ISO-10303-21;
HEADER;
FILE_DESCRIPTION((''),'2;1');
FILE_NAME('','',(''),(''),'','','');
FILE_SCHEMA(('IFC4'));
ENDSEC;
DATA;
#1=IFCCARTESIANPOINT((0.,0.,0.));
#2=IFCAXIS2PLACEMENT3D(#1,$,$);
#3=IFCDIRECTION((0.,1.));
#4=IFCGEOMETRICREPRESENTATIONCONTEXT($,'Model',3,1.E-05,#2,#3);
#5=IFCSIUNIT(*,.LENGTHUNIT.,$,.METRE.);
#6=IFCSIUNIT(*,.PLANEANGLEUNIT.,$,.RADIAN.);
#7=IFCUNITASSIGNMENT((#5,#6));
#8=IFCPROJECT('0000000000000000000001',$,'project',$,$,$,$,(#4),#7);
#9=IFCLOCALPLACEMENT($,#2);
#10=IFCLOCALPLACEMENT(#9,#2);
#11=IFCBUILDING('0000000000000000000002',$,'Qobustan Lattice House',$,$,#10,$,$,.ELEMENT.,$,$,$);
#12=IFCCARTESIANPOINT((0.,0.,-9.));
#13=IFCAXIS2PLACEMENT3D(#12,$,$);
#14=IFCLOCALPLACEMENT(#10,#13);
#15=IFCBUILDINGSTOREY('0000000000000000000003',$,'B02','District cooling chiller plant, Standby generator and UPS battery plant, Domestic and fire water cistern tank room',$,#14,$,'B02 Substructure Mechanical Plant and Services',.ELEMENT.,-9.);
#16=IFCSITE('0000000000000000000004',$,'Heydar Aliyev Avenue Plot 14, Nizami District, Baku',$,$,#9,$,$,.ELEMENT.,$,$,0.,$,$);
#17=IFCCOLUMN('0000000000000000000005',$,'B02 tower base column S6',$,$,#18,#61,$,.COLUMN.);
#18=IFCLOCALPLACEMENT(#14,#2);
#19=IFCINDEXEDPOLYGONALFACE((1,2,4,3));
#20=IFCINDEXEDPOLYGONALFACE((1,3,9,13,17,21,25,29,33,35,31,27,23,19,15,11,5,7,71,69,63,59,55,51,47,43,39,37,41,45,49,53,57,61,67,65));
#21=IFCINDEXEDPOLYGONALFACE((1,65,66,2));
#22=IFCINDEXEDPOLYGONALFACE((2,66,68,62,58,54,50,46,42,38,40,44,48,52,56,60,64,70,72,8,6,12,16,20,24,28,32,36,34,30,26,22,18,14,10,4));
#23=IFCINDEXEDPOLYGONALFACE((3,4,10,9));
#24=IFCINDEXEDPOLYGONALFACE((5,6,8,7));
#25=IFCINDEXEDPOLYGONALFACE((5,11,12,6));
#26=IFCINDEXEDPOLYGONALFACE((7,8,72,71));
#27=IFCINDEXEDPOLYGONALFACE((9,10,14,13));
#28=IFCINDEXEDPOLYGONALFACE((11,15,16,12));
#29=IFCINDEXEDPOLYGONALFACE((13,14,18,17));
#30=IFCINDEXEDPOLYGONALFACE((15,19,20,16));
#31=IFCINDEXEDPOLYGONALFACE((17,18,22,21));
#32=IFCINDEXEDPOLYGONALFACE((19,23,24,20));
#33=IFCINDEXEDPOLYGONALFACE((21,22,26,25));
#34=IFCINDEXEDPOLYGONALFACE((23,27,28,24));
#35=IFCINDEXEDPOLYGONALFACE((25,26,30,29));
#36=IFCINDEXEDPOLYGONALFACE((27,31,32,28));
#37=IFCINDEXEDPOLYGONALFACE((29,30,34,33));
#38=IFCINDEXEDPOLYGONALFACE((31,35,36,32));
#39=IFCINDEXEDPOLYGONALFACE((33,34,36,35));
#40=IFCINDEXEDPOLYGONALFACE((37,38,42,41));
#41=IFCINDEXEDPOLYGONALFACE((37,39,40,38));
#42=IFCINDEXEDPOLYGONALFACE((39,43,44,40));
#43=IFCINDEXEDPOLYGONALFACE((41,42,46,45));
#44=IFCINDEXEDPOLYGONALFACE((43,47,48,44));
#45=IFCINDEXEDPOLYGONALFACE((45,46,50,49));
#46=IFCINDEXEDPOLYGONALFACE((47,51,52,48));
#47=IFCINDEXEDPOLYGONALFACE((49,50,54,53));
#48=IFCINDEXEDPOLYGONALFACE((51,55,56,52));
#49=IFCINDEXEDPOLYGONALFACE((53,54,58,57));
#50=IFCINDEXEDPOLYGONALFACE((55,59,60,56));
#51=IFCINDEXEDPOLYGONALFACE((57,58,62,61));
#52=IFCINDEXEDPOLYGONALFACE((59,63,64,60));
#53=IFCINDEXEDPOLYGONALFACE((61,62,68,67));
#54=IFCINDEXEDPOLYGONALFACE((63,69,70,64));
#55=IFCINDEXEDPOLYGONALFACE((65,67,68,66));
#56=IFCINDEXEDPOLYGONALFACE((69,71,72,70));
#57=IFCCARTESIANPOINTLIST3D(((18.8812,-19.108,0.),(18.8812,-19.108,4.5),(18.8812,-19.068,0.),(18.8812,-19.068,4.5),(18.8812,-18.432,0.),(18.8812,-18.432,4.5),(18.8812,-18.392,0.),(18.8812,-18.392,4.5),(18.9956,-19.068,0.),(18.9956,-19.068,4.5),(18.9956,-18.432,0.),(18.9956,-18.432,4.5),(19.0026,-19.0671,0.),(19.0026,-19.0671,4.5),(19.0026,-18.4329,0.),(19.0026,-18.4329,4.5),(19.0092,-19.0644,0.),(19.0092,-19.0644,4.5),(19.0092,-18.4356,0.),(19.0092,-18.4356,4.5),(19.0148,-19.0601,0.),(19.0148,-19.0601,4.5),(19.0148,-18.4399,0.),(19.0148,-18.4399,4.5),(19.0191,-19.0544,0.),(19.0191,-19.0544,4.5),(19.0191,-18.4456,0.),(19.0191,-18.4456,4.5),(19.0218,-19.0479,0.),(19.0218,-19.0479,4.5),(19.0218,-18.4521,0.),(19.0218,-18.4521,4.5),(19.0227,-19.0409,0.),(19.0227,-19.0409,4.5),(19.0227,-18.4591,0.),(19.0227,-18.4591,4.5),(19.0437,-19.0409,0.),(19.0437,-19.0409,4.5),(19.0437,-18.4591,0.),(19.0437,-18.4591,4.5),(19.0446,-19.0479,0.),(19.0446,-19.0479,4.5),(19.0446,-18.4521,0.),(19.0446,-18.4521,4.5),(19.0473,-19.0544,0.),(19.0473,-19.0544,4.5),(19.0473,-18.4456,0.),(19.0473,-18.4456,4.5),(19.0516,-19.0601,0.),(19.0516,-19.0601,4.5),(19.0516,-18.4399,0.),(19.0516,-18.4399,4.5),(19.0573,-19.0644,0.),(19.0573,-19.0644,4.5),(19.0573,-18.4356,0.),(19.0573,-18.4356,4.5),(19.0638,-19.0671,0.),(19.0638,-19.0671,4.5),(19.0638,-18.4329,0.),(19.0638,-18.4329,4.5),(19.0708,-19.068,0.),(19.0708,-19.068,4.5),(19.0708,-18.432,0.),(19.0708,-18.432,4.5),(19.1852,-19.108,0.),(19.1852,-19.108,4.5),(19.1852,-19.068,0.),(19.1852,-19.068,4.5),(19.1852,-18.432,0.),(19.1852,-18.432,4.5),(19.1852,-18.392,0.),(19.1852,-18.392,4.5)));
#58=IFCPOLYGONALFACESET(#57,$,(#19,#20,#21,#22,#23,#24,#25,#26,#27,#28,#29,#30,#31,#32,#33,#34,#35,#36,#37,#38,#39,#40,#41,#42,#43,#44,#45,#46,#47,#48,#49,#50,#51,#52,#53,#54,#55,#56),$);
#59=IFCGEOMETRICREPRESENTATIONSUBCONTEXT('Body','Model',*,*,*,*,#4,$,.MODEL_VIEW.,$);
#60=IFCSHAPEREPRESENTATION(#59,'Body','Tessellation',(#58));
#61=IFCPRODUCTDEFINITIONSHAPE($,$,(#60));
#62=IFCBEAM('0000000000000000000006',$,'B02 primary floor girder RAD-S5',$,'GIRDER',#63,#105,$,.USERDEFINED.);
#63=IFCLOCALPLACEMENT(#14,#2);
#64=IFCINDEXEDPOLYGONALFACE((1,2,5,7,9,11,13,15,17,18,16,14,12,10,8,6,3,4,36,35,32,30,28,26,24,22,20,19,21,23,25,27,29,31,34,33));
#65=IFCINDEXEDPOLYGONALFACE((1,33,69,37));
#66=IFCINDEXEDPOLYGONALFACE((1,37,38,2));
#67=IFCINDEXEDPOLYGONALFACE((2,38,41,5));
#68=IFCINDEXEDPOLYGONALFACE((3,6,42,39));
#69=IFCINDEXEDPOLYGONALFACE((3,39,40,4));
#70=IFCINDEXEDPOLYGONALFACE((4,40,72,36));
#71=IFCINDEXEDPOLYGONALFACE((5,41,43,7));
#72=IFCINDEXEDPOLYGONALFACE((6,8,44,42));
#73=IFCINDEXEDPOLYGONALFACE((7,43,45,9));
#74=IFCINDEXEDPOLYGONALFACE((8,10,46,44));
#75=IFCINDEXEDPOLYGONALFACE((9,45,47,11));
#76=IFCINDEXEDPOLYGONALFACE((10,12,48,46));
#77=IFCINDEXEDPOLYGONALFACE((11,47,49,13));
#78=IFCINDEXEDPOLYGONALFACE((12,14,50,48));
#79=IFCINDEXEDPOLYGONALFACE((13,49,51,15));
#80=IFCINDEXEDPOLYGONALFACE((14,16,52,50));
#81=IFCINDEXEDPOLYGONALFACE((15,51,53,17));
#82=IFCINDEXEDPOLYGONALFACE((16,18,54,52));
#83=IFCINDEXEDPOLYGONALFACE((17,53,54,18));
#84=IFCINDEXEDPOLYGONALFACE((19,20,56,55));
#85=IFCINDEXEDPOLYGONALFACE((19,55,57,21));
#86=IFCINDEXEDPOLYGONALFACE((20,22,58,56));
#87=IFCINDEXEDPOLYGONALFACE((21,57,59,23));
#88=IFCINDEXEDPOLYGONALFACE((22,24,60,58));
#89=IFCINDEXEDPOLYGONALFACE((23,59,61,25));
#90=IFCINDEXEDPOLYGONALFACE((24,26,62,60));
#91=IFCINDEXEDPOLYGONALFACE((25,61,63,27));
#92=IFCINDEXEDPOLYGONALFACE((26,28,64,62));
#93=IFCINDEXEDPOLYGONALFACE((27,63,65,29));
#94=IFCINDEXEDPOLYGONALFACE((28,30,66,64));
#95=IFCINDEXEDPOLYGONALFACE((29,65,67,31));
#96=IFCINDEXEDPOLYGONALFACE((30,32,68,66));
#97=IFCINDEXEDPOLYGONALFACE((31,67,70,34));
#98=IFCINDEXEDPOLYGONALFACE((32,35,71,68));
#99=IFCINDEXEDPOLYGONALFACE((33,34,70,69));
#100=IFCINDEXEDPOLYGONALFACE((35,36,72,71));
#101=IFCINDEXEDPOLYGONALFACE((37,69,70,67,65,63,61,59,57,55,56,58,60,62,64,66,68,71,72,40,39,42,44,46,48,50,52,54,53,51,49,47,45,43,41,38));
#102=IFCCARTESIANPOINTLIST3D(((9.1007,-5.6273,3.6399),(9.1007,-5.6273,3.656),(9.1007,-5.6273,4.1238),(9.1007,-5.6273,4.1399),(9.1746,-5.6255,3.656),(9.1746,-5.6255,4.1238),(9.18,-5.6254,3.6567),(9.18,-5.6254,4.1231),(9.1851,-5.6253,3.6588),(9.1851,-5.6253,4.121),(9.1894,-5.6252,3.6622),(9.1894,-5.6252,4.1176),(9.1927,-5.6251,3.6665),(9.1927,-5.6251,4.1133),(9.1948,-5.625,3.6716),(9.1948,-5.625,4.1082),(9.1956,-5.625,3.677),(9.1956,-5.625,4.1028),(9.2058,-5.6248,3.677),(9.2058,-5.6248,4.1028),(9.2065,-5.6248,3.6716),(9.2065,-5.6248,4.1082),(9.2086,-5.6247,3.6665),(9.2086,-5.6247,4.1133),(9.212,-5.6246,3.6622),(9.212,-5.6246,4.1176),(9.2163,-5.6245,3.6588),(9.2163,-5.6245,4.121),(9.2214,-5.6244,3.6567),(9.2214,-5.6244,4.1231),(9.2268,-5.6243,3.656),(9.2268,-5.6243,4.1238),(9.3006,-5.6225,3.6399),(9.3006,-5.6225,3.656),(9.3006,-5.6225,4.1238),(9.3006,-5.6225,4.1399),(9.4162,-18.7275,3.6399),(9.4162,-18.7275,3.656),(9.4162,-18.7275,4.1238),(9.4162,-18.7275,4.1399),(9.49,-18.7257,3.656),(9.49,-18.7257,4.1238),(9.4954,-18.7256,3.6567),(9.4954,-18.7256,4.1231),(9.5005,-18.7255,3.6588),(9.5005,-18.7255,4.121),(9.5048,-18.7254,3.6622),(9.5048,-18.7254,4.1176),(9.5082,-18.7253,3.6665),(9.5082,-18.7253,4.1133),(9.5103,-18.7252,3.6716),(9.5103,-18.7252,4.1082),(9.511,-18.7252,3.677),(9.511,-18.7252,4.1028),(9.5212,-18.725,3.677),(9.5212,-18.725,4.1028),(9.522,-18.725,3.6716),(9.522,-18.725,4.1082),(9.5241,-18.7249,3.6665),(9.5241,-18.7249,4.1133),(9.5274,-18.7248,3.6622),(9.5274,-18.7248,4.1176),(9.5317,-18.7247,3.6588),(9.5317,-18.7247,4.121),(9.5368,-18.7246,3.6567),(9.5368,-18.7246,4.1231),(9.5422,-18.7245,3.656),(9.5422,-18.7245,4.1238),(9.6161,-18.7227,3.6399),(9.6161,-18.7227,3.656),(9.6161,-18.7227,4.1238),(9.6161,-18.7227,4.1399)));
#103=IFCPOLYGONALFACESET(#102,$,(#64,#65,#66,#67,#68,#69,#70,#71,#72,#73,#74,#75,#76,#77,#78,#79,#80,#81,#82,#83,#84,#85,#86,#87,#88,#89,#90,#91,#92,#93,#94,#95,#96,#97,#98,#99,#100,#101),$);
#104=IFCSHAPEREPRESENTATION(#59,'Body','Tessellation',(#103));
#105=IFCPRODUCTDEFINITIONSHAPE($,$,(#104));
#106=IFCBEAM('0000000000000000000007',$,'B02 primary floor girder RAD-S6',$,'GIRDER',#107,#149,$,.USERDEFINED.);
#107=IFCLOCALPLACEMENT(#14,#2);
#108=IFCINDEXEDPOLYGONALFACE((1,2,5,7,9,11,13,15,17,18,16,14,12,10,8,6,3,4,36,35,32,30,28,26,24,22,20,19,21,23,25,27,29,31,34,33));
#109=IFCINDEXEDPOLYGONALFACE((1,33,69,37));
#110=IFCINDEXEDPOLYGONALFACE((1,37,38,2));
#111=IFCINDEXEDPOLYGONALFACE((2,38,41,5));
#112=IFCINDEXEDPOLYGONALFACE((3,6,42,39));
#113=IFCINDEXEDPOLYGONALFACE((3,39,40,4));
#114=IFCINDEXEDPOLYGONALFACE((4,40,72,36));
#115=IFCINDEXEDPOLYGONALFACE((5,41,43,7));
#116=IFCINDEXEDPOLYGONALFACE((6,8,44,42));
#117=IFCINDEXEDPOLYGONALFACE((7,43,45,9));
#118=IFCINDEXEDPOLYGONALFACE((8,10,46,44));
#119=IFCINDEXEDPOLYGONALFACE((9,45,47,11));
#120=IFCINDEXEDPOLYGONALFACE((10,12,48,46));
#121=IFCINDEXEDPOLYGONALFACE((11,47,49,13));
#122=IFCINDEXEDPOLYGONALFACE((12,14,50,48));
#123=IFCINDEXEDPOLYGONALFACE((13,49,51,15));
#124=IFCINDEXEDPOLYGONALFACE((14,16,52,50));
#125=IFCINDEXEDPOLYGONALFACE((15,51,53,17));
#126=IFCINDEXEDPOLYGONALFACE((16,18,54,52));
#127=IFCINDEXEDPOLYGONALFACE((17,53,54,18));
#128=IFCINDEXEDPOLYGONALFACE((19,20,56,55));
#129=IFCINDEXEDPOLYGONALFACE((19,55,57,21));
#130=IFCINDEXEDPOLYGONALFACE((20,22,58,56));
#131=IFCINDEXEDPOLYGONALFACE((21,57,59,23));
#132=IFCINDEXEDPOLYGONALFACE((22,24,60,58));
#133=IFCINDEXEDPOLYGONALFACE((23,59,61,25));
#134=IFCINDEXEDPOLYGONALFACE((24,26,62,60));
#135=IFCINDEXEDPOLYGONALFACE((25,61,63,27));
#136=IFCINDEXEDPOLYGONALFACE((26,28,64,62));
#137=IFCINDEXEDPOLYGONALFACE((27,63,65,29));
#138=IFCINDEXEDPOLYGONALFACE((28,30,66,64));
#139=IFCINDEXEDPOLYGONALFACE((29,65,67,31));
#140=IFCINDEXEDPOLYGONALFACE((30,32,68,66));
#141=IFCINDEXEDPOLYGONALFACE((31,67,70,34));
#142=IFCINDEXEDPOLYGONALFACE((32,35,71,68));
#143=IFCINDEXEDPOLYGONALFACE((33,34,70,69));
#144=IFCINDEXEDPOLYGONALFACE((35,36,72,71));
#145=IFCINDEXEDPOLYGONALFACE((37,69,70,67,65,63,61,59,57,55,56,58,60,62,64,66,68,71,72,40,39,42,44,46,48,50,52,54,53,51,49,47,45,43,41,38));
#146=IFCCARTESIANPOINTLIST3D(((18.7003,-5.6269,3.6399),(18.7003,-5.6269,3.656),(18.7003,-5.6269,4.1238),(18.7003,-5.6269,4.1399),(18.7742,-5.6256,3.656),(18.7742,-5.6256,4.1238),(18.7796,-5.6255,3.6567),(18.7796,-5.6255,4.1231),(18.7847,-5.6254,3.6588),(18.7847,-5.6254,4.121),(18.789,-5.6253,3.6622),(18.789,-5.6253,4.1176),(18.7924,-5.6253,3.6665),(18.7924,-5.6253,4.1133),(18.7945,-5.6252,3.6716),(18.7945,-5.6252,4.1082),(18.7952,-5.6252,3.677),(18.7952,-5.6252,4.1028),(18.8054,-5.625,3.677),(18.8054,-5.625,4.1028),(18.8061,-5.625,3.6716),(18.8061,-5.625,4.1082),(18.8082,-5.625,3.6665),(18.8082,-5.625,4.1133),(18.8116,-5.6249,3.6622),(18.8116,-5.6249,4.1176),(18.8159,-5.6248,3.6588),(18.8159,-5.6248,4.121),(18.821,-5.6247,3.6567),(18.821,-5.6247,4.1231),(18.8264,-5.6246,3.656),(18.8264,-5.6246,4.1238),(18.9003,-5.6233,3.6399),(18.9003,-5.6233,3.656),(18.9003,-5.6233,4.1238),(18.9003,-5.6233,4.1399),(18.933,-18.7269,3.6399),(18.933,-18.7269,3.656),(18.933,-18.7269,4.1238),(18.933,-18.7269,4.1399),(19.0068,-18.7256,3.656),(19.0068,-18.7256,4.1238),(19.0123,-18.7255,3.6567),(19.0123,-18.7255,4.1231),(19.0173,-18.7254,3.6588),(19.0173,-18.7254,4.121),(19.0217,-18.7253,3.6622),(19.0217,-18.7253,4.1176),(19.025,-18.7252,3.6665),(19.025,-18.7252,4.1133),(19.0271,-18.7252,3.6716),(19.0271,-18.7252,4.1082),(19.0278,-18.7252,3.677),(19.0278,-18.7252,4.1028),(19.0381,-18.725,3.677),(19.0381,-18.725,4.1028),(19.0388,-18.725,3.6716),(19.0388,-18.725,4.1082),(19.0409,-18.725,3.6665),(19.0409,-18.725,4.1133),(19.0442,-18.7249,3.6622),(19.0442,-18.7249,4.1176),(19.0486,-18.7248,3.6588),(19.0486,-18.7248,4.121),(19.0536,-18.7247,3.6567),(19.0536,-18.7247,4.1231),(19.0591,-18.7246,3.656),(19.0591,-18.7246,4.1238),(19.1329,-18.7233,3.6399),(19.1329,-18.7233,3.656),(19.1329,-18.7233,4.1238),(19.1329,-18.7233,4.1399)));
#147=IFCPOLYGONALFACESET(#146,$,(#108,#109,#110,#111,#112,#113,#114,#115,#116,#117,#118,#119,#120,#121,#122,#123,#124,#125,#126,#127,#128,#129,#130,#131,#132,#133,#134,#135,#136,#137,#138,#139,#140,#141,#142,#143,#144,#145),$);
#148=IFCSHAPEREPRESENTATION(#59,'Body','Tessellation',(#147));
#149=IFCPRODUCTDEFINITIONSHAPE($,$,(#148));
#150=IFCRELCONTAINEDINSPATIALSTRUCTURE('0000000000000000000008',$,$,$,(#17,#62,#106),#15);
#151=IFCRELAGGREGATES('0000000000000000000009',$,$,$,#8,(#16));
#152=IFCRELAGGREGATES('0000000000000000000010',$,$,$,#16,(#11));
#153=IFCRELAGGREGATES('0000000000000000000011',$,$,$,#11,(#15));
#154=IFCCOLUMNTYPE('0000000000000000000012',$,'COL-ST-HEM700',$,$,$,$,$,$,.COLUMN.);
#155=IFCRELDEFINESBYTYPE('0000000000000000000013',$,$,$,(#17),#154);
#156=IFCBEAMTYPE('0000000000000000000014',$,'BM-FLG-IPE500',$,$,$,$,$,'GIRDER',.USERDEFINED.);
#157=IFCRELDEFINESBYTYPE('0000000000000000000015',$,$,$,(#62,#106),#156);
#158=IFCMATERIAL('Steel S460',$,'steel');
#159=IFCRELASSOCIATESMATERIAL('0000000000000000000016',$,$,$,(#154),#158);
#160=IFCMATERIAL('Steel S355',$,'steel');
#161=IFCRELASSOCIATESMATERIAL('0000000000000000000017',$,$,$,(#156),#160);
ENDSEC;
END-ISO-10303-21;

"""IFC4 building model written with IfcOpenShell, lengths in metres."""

from ifc_helpers import new_model, si_unit, direction, frame, origin, origin_2d, place, context, subcontext, project, spatial, i_section, extrude, material, material_profile, profile_set, type_object, element, save


model = new_model("IFC4")

# Units and contexts
model_context = context("Model", 3, precision=1e-05, world=origin(), true_north=direction((0.0, 1.0)))
body_context = subcontext(model_context, "Body", "Model", "MODEL_VIEW")
ifc_project = project(units=[si_unit("LENGTHUNIT", "METRE"), si_unit("PLANEANGLEUNIT", "RADIAN")], contexts=[model_context])

# Site, building, storey
site_placement = place(None, origin())
site = spatial("IfcSite", under=ifc_project, at=site_placement, Name="Heydar Aliyev Avenue Plot 14, Nizami District, Baku", CompositionType="ELEMENT", RefElevation=0.0)
building_placement = place(site_placement, origin())
building = spatial("IfcBuilding", under=site, at=building_placement, Name="Qobustan Lattice House", CompositionType="ELEMENT")
storey_placement = place(building_placement, frame((0.0, 0.0, -9.0)))
storey = spatial("IfcBuildingStorey", under=building, at=storey_placement, Name="B02", Description="District cooling chiller plant, Standby generator and UPS battery plant, Domestic and fire water cistern tank room", LongName="B02 Substructure Mechanical Plant and Services", CompositionType="ELEMENT", Elevation=-9.0)

# Column
ifc_material_1 = material(Name="Steel S460", Category="steel")
ifc_material_profile_1 = material_profile(ifc_material_1, i_section(OverallWidth=0.304, OverallDepth=0.7161, WebThickness=0.021, FlangeThickness=0.04, FilletRadius=0.0271, at=origin_2d()), Name="HEM700")
ifc_profile_set_1 = profile_set([ifc_material_profile_1], Name="Steel S460")
column_type_1 = type_object("IfcColumnType", Name="COL-ST-HEM700", PredefinedType="COLUMN", material=ifc_profile_set_1)
for number, where, z_axis, x_axis, name in (
    (1, (19.0332, -18.75, 0.0), (0.0, 0.0, 1.0), (1.0, 0.0, 0.0), "B02 tower base column S6"),
):
    element("IfcColumn", number, at=place(storey_placement, frame(where, z_axis=z_axis, x_axis=x_axis)), inside=storey, type_object=column_type_1, Name=name, PredefinedType="COLUMN", context=body_context, shape_type="SweptSolid", body=[
        extrude(i_section(OverallWidth=0.304, OverallDepth=0.7161, WebThickness=0.021, FlangeThickness=0.04, FilletRadius=0.0271, at=origin_2d()), origin(), (0.0, 0.0, 1.0), 4.5),
    ])

# Beams
ifc_material_2 = material(Name="Steel S355", Category="steel")
ifc_material_profile_2 = material_profile(ifc_material_2, i_section(OverallWidth=0.2, OverallDepth=0.5, WebThickness=0.0103, FlangeThickness=0.0161, FilletRadius=0.021, at=origin_2d()), Name="IPE500")
ifc_profile_set_2 = profile_set([ifc_material_profile_2], Name="Steel S355")
beam_type_1 = type_object("IfcBeamType", Name="BM-FLG-IPE500", ElementType="GIRDER", PredefinedType="USERDEFINED", material=ifc_profile_set_2)
beam_1_placement = place(storey_placement, frame((9.5161, -18.7251, 3.8899), z_axis=(-0.024071, 0.99971, 0.0), x_axis=(-0.99971, -0.024071, 0.0)))
element("IfcBeam", 2, at=beam_1_placement, inside=storey, type_object=beam_type_1, Name="B02 primary floor girder RAD-S5", ObjectType="GIRDER", PredefinedType="USERDEFINED", context=body_context, shape_type="SweptSolid", body=[
    extrude(i_section(OverallWidth=0.2, OverallDepth=0.5, WebThickness=0.0103, FlangeThickness=0.0161, FilletRadius=0.021, at=origin_2d()), origin(), (0.0, 0.0, 1.0), 13.104),
])
beam_2_placement = place(storey_placement, frame((19.033, -18.7251, 3.8899), z_axis=(-0.017758, 0.999842, 0.0), x_axis=(-0.999842, -0.017758, 0.0)))
element("IfcBeam", 3, at=beam_2_placement, inside=storey, type_object=beam_type_1, Name="B02 primary floor girder RAD-S6", ObjectType="GIRDER", PredefinedType="USERDEFINED", context=body_context, shape_type="SweptSolid", body=[
    extrude(i_section(OverallWidth=0.2, OverallDepth=0.5, WebThickness=0.0103, FlangeThickness=0.0161, FilletRadius=0.021, at=origin_2d()), origin(), (0.0, 0.0, 1.0), 13.1021),
])

save(model, "model.ifc")
